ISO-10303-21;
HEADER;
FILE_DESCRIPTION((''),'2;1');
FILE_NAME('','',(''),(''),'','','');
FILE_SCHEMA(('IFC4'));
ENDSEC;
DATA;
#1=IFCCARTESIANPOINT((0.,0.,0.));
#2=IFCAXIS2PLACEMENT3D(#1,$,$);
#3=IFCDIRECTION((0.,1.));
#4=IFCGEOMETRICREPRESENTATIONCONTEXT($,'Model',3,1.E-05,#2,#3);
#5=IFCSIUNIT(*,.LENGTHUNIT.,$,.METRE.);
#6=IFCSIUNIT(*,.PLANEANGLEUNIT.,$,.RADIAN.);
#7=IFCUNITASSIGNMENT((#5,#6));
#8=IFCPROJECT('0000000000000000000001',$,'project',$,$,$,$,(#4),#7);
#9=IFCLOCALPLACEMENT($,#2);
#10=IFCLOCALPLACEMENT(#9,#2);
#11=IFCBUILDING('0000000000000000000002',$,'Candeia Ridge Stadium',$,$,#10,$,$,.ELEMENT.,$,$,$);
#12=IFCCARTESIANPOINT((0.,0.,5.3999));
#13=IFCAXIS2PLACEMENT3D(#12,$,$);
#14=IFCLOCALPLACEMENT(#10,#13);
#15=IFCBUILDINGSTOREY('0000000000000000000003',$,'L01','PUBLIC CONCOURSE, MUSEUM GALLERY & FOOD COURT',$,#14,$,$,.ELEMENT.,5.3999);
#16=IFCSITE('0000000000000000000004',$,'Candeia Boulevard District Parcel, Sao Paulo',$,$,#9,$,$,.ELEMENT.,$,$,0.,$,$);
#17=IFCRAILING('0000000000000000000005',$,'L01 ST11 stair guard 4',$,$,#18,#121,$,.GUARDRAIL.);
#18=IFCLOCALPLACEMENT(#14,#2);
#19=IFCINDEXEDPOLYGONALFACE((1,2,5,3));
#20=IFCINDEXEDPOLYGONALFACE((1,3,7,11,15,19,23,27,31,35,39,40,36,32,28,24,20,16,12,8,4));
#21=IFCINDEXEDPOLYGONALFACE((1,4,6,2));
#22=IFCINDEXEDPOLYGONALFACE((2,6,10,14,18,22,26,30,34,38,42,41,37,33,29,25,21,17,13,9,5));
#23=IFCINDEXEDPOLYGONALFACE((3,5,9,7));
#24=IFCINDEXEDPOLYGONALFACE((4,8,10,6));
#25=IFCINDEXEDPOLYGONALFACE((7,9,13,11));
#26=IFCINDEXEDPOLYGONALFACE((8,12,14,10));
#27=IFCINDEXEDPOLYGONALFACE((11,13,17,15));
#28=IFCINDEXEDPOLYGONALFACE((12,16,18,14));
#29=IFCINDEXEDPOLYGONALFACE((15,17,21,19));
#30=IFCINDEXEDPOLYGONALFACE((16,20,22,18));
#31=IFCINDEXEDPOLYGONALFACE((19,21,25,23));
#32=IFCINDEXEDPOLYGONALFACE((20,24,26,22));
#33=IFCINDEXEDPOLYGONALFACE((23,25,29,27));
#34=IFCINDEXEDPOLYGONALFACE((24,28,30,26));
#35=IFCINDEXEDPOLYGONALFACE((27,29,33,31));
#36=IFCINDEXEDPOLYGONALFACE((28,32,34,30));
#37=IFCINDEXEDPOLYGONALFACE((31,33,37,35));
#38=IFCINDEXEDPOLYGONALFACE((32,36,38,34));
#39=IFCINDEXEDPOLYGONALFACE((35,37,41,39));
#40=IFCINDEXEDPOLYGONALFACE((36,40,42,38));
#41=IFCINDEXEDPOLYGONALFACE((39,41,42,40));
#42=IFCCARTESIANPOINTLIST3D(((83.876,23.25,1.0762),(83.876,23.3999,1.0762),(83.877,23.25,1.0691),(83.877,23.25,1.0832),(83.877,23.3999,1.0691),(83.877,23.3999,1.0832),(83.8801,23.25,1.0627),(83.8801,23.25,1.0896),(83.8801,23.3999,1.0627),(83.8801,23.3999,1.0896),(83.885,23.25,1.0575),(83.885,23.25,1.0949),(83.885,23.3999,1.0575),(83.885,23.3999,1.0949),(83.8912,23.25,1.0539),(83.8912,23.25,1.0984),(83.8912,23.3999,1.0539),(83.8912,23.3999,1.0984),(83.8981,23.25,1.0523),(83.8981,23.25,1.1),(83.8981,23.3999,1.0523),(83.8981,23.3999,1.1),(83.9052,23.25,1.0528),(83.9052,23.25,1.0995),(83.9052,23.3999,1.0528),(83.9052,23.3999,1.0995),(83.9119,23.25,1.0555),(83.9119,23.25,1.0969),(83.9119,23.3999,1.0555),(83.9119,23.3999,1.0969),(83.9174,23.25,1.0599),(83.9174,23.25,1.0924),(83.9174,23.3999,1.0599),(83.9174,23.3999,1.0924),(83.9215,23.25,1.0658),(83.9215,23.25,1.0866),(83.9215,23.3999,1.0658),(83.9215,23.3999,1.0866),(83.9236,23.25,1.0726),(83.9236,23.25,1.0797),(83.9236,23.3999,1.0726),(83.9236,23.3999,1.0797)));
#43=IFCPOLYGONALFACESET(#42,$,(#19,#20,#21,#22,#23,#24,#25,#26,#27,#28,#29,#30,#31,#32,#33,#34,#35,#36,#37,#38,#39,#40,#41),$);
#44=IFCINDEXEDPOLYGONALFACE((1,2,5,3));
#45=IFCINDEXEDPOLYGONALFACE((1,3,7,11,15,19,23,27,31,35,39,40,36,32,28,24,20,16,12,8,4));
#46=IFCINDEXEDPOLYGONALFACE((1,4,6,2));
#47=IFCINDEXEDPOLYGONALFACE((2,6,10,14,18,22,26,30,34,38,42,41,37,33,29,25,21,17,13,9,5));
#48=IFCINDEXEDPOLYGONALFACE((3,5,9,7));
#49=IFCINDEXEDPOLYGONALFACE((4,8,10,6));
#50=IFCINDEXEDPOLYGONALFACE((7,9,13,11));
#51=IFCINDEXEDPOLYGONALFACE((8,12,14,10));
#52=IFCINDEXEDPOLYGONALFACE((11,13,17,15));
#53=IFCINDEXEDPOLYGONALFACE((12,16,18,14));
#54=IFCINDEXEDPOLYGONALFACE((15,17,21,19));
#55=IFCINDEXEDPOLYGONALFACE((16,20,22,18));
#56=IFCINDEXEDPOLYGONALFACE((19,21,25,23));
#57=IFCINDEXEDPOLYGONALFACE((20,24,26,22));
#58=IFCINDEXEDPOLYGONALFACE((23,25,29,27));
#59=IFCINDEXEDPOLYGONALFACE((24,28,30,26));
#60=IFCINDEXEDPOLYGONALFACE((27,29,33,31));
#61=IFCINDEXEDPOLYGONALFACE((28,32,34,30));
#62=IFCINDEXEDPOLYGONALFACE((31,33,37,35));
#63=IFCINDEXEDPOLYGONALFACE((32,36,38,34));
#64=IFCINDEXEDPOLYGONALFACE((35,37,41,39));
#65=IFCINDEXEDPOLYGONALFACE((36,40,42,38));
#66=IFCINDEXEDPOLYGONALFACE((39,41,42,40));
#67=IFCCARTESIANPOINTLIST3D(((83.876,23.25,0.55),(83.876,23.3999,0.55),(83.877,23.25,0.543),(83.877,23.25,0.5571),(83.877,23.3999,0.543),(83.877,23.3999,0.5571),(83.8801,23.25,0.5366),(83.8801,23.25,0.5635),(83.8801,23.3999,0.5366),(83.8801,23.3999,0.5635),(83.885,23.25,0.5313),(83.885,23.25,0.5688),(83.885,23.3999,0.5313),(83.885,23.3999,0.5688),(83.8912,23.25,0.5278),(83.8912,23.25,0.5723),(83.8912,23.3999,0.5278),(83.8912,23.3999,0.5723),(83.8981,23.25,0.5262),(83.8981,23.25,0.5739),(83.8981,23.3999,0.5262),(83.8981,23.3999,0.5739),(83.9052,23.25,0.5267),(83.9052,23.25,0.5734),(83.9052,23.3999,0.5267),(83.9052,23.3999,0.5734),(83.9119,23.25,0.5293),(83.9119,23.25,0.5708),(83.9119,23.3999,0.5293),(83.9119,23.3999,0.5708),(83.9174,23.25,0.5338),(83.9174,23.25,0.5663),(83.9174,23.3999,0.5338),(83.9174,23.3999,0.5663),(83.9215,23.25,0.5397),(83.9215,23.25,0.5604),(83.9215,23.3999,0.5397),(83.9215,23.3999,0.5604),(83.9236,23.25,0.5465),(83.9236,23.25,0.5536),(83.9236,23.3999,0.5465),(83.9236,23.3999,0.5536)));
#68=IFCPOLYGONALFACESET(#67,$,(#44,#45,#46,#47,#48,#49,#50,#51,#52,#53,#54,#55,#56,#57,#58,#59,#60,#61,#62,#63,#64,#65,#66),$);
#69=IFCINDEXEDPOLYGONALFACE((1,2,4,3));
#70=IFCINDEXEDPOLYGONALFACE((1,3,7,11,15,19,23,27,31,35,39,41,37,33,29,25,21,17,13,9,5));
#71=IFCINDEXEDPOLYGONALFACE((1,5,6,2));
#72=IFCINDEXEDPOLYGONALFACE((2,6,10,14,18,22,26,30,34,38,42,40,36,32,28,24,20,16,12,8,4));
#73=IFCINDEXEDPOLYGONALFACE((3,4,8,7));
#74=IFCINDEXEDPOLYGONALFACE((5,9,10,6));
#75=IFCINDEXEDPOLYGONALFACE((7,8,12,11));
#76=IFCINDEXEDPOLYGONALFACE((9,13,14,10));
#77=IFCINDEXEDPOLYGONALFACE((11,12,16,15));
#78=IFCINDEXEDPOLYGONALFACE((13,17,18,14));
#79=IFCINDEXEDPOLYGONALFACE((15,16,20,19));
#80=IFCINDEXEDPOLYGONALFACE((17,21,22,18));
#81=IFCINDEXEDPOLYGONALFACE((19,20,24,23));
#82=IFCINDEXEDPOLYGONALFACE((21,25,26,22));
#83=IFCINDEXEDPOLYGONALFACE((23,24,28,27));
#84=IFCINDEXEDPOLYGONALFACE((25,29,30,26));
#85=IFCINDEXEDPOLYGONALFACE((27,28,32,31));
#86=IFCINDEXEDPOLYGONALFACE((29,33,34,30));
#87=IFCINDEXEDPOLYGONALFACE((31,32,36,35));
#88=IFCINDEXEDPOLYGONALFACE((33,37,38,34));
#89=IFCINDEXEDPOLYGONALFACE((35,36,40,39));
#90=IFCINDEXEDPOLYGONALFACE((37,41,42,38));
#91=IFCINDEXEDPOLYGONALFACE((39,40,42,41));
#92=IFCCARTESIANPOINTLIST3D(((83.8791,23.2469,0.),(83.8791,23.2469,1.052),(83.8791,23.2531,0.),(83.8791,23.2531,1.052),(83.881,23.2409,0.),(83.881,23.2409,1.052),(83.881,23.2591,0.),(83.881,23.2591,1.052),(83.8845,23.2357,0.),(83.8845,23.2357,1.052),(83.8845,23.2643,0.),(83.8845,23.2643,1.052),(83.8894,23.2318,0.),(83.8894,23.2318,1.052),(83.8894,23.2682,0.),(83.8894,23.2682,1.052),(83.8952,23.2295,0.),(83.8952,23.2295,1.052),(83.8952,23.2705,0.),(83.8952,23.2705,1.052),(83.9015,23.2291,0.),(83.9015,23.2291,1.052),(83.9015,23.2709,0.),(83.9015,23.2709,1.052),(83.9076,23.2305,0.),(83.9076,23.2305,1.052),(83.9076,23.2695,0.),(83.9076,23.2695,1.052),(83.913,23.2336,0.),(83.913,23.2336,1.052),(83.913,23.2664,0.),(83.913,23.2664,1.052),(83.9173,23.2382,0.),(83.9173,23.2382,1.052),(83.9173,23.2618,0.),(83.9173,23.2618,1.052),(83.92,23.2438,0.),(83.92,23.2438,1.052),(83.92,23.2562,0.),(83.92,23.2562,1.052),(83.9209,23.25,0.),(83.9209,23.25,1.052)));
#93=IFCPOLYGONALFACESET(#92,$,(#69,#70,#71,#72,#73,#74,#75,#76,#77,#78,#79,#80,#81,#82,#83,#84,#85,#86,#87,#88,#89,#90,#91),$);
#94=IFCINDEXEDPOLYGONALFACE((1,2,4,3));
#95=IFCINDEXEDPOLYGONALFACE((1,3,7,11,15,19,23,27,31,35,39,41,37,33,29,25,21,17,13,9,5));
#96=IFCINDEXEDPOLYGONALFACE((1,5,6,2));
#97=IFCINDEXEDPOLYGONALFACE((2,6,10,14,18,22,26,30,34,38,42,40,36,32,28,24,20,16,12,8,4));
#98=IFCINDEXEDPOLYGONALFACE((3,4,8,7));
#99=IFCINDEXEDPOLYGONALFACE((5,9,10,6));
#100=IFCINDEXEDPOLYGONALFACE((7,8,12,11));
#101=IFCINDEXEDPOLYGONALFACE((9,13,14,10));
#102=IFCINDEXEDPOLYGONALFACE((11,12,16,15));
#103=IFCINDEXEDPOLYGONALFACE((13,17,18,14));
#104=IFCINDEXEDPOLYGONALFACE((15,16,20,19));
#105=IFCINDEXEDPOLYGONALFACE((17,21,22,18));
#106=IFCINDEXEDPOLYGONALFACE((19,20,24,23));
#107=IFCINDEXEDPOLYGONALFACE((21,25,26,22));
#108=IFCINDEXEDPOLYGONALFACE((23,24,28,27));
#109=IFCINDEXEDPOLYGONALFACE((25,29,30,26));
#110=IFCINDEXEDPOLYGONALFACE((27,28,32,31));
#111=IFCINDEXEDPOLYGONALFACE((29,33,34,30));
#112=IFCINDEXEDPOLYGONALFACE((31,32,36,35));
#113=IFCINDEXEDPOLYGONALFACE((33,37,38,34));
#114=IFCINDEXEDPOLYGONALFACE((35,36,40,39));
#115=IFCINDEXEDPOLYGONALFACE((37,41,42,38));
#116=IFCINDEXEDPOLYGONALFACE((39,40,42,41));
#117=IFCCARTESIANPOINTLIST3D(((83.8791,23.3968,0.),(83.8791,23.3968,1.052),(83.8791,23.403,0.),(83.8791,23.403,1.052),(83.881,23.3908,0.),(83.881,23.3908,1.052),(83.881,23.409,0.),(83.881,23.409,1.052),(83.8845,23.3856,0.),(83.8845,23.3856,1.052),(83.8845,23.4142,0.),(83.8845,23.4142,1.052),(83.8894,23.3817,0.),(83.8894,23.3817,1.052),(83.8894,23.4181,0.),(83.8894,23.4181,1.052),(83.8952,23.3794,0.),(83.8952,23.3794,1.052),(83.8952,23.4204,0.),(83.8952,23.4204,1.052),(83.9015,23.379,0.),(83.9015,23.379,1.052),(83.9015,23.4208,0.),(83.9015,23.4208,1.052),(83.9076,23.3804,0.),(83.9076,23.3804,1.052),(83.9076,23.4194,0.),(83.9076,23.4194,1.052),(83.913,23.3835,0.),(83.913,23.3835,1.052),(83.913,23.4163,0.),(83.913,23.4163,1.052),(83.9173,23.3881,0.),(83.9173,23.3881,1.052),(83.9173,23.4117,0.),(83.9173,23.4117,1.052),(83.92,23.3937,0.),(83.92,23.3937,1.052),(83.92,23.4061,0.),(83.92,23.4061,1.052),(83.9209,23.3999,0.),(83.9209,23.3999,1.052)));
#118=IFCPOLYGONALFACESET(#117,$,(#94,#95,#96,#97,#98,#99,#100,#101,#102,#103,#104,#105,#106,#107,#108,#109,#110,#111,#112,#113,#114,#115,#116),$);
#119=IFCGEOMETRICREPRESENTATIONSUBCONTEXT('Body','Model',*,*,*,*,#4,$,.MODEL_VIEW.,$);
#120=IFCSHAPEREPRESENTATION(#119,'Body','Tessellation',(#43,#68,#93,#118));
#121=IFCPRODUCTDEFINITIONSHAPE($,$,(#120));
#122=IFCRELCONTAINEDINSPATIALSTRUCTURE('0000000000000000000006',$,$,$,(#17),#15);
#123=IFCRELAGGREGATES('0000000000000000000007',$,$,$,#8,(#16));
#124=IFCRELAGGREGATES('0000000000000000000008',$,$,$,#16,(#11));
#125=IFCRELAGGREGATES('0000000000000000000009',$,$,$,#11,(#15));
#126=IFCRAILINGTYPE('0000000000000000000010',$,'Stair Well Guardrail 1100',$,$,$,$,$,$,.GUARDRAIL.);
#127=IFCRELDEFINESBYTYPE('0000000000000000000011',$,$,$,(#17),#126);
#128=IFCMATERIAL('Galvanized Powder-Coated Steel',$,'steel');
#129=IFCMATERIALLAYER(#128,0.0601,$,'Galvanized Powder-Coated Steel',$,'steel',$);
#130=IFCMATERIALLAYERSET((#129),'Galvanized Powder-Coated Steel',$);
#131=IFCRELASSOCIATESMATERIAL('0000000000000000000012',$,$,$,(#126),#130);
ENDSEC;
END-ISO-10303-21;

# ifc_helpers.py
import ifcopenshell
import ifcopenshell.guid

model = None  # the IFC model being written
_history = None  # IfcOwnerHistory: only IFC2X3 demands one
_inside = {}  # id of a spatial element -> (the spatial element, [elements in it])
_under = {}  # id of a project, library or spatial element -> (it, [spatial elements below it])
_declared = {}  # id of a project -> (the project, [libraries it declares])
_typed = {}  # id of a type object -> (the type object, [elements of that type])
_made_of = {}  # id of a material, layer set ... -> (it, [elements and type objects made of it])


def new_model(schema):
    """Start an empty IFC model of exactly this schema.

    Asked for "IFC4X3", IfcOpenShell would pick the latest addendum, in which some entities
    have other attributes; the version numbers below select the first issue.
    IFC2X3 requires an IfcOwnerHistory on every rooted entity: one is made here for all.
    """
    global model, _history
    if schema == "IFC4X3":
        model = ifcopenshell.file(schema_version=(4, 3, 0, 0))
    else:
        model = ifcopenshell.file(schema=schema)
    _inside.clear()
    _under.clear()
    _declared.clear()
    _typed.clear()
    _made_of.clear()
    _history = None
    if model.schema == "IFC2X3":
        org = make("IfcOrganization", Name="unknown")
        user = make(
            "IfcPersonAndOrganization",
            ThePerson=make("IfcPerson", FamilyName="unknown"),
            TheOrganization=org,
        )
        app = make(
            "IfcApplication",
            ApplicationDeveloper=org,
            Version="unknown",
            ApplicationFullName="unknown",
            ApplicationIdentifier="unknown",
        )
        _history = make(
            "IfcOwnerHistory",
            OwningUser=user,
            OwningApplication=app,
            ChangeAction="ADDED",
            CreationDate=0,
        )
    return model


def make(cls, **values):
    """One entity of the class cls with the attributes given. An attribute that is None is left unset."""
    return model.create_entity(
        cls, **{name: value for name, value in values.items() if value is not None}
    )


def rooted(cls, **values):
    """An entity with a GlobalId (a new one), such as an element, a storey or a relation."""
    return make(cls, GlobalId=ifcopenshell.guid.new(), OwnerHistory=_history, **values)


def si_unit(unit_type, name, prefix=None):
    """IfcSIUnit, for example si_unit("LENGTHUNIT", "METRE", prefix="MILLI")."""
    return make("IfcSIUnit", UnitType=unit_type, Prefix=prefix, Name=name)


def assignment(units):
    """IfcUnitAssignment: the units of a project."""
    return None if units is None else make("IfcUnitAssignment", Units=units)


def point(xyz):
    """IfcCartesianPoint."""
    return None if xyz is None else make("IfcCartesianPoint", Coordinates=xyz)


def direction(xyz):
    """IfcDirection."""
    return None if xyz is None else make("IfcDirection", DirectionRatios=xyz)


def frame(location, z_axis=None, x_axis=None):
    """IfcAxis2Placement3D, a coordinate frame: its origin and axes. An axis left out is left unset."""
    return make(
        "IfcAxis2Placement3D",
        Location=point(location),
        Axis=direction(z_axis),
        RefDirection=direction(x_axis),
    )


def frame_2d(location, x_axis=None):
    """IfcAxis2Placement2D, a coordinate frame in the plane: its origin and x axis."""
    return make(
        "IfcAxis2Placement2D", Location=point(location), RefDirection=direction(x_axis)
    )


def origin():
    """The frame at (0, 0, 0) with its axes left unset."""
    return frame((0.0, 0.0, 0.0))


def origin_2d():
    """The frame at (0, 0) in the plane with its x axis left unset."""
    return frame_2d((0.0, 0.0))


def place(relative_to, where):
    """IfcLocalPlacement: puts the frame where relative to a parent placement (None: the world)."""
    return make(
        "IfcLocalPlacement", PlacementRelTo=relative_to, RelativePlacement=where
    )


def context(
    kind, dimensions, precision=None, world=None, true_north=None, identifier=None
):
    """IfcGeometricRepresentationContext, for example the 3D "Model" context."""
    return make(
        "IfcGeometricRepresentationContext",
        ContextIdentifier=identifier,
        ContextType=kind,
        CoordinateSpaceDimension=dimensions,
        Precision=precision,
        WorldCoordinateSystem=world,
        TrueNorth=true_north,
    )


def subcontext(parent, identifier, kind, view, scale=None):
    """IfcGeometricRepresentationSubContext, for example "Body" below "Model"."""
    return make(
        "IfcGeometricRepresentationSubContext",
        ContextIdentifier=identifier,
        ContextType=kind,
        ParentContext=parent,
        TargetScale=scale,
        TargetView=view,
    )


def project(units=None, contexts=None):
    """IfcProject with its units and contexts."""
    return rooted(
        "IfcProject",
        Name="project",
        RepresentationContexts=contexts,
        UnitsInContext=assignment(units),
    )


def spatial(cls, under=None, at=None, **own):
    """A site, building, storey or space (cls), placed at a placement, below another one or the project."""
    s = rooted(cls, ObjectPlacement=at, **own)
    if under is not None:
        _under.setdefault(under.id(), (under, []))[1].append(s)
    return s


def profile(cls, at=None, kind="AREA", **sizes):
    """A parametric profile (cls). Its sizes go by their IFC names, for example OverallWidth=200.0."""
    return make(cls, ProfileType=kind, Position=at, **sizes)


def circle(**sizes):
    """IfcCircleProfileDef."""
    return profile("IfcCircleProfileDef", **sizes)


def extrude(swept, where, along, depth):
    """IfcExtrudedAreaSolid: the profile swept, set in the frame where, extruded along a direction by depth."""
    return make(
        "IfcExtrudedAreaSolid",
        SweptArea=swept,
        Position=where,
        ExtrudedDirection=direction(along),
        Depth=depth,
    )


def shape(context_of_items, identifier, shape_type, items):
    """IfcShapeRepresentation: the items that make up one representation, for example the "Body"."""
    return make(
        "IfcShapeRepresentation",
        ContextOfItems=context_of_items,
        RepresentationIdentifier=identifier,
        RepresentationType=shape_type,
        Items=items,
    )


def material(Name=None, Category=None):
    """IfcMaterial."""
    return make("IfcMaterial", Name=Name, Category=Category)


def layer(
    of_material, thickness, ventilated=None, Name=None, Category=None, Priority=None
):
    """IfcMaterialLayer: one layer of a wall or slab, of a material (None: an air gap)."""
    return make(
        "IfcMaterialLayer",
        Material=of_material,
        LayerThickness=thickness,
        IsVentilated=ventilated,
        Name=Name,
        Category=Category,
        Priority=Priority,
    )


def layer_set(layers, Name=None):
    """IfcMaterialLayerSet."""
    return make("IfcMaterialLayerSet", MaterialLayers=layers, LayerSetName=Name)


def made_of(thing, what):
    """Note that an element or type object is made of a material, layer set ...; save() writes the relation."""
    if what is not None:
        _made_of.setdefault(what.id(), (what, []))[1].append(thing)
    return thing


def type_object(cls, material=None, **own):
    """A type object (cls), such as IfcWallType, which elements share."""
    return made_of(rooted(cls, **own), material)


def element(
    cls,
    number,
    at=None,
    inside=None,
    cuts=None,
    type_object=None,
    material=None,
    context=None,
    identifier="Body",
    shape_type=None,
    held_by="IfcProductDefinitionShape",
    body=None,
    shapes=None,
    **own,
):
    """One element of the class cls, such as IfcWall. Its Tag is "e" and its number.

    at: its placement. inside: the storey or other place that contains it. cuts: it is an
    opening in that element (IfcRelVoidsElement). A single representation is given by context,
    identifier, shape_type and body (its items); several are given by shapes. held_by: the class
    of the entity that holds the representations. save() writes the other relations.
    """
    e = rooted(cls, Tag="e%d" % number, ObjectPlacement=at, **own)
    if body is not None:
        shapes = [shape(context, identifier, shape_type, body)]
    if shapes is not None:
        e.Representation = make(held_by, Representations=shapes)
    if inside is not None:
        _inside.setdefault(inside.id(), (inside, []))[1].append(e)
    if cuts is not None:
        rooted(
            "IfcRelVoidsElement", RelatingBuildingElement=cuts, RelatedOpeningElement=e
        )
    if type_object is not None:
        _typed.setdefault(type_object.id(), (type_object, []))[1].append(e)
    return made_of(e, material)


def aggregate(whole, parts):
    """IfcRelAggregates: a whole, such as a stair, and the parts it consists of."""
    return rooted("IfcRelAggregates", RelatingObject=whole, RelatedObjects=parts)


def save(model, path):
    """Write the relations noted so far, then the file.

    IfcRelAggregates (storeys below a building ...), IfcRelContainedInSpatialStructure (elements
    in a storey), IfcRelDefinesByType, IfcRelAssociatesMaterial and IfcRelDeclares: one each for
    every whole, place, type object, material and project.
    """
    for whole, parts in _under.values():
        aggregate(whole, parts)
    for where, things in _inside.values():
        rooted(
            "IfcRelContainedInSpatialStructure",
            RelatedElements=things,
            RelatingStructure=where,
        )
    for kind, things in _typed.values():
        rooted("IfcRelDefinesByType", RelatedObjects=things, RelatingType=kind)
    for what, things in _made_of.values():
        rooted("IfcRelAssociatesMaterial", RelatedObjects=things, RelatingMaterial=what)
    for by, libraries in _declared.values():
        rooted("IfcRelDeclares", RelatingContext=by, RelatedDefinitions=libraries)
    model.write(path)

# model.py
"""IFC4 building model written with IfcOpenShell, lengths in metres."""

from ifc_helpers import new_model, si_unit, direction, frame, origin, origin_2d, place, context, subcontext, project, spatial, circle, extrude, material, layer, layer_set, type_object, element, save


model = new_model("IFC4")

# Units and contexts
model_context = context("Model", 3, precision=1e-05, world=origin(), true_north=direction((0.0, 1.0)))
body_context = subcontext(model_context, "Body", "Model", "MODEL_VIEW")
ifc_project = project(units=[si_unit("LENGTHUNIT", "METRE"), si_unit("PLANEANGLEUNIT", "RADIAN")], contexts=[model_context])

# Site, building, storey
site_placement = place(None, origin())
site = spatial("IfcSite", under=ifc_project, at=site_placement, Name="Candeia Boulevard District Parcel, Sao Paulo", CompositionType="ELEMENT", RefElevation=0.0)
building_placement = place(site_placement, origin())
building = spatial("IfcBuilding", under=site, at=building_placement, Name="Candeia Ridge Stadium", CompositionType="ELEMENT")
storey_placement = place(building_placement, frame((0.0, 0.0, 5.3999)))
storey = spatial("IfcBuildingStorey", under=building, at=storey_placement, Name="L01", Description="PUBLIC CONCOURSE, MUSEUM GALLERY & FOOD COURT", CompositionType="ELEMENT", Elevation=5.3999)

# Railing
ifc_material_1 = material(Name="Galvanized Powder-Coated Steel", Category="steel")
ifc_layer_1 = layer(ifc_material_1, 0.0601, Name="Galvanized Powder-Coated Steel", Category="steel")
ifc_layer_set_1 = layer_set([ifc_layer_1], Name="Galvanized Powder-Coated Steel")
railing_type_1 = type_object("IfcRailingType", Name="Stair Well Guardrail 1100", PredefinedType="GUARDRAIL", material=ifc_layer_set_1)
railing_1_placement = place(storey_placement, frame((83.8999, 23.25, 0.0)))
element("IfcRailing", 1, at=railing_1_placement, inside=storey, type_object=railing_type_1, Name="L01 ST11 stair guard 4", PredefinedType="GUARDRAIL", context=body_context, shape_type="SweptSolid", body=[
    extrude(circle(Radius=0.0239, at=origin_2d()), frame((0.0, 0.0, 1.0762), z_axis=(0.0, 1.0, 0.0), x_axis=(-1.0, 0.0, 0.0)), (0.0, 0.0, 1.0), 0.1499),
    extrude(circle(Radius=0.0239, at=origin_2d()), frame((0.0, 0.0, 0.55), z_axis=(0.0, 1.0, 0.0), x_axis=(-1.0, 0.0, 0.0)), (0.0, 0.0, 1.0), 0.1499),
    extrude(circle(Radius=0.021, at=origin_2d()), origin(), (0.0, 0.0, 1.0), 1.052),
    extrude(circle(Radius=0.021, at=origin_2d()), frame((0.0, 0.1499, 0.0)), (0.0, 0.0, 1.0), 1.052),
])

save(model, "model.ifc")
